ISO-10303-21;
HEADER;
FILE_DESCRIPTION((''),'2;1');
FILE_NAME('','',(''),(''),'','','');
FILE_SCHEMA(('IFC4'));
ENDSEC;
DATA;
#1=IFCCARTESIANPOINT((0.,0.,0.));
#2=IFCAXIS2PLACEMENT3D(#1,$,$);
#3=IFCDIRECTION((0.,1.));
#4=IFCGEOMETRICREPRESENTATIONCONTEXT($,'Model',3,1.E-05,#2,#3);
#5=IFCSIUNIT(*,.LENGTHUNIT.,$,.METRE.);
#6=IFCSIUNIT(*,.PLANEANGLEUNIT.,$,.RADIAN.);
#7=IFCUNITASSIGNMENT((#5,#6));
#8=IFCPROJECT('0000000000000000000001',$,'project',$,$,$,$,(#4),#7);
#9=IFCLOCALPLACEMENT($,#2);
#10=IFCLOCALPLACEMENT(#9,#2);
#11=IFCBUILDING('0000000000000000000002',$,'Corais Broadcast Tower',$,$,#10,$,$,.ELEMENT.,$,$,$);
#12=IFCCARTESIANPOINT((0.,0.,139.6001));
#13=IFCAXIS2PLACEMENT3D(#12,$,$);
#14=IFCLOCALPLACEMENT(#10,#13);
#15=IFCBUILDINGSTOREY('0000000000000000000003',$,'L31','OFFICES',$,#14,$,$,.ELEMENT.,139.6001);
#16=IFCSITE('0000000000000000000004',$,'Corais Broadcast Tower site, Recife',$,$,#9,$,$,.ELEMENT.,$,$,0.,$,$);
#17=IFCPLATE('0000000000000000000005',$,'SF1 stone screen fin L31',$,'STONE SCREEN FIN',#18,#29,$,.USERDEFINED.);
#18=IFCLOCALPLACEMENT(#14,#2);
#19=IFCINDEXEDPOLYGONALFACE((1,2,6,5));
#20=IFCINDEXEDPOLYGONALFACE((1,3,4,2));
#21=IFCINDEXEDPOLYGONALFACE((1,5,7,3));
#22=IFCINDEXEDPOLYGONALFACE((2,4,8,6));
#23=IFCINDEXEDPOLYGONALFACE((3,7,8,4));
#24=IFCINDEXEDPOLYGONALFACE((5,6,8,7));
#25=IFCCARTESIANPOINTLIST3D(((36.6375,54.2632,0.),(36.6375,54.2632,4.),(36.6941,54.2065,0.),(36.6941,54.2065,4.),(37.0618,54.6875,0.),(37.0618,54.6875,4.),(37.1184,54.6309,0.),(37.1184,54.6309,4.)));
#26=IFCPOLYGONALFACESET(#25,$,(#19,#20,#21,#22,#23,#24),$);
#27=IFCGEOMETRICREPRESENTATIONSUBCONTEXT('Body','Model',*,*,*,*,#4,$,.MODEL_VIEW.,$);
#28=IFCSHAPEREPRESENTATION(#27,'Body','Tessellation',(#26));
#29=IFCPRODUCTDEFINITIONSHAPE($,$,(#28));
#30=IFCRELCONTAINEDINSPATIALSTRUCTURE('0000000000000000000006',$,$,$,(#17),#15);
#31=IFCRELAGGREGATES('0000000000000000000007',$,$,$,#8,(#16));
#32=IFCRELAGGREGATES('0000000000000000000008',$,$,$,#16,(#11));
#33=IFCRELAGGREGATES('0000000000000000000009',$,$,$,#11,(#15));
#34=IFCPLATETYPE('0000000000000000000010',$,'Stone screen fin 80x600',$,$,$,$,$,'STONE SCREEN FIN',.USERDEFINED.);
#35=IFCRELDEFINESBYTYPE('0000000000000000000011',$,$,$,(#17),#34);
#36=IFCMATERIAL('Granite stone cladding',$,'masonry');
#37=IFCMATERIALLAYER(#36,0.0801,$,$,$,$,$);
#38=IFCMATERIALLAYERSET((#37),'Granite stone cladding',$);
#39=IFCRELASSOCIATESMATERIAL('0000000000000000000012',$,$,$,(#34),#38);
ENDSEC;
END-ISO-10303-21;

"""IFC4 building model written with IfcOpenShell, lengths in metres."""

from ifc_helpers import new_model, si_unit, direction, frame, origin, origin_2d, place, context, subcontext, project, spatial, rectangle, extrude, material, layer, layer_set, type_object, element, save


model = new_model("IFC4")

# Units and contexts
model_context = context("Model", 3, precision=1e-05, world=origin(), true_north=direction((0.0, 1.0)))
body_context = subcontext(model_context, "Body", "Model", "MODEL_VIEW")
ifc_project = project(units=[si_unit("LENGTHUNIT", "METRE"), si_unit("PLANEANGLEUNIT", "RADIAN")], contexts=[model_context])

# Site, building, storey
site_placement = place(None, origin())
site = spatial("IfcSite", under=ifc_project, at=site_placement, Name="Corais Broadcast Tower site, Recife", CompositionType="ELEMENT", RefElevation=0.0)
building_placement = place(site_placement, origin())
building = spatial("IfcBuilding", under=site, at=building_placement, Name="Corais Broadcast Tower", CompositionType="ELEMENT")
storey_placement = place(building_placement, frame((0.0, 0.0, 139.6001)))
storey = spatial("IfcBuildingStorey", under=building, at=storey_placement, Name="L31", Description="OFFICES", CompositionType="ELEMENT", Elevation=139.6001)

# Plate
ifc_material_1 = material(Name="Granite stone cladding", Category="masonry")
ifc_layer_1 = layer(ifc_material_1, 0.0801)
ifc_layer_set_1 = layer_set([ifc_layer_1], Name="Granite stone cladding")
plate_type_1 = type_object("IfcPlateType", Name="Stone screen fin 80x600", ElementType="STONE SCREEN FIN", PredefinedType="USERDEFINED", material=ifc_layer_set_1)
plate_1_placement = place(storey_placement, frame((36.8779, 54.447, 0.0), z_axis=(0.0, 0.0, 1.0), x_axis=(0.707107, -0.707107, 0.0)))
element("IfcPlate", 1, at=plate_1_placement, inside=storey, type_object=plate_type_1, Name="SF1 stone screen fin L31", ObjectType="STONE SCREEN FIN", PredefinedType="USERDEFINED", context=body_context, shape_type="SweptSolid", body=[
    extrude(rectangle(XDim=0.0801, YDim=0.6001, at=origin_2d()), origin(), (0.0, 0.0, 1.0), 4.0),
])

save(model, "model.ifc")
